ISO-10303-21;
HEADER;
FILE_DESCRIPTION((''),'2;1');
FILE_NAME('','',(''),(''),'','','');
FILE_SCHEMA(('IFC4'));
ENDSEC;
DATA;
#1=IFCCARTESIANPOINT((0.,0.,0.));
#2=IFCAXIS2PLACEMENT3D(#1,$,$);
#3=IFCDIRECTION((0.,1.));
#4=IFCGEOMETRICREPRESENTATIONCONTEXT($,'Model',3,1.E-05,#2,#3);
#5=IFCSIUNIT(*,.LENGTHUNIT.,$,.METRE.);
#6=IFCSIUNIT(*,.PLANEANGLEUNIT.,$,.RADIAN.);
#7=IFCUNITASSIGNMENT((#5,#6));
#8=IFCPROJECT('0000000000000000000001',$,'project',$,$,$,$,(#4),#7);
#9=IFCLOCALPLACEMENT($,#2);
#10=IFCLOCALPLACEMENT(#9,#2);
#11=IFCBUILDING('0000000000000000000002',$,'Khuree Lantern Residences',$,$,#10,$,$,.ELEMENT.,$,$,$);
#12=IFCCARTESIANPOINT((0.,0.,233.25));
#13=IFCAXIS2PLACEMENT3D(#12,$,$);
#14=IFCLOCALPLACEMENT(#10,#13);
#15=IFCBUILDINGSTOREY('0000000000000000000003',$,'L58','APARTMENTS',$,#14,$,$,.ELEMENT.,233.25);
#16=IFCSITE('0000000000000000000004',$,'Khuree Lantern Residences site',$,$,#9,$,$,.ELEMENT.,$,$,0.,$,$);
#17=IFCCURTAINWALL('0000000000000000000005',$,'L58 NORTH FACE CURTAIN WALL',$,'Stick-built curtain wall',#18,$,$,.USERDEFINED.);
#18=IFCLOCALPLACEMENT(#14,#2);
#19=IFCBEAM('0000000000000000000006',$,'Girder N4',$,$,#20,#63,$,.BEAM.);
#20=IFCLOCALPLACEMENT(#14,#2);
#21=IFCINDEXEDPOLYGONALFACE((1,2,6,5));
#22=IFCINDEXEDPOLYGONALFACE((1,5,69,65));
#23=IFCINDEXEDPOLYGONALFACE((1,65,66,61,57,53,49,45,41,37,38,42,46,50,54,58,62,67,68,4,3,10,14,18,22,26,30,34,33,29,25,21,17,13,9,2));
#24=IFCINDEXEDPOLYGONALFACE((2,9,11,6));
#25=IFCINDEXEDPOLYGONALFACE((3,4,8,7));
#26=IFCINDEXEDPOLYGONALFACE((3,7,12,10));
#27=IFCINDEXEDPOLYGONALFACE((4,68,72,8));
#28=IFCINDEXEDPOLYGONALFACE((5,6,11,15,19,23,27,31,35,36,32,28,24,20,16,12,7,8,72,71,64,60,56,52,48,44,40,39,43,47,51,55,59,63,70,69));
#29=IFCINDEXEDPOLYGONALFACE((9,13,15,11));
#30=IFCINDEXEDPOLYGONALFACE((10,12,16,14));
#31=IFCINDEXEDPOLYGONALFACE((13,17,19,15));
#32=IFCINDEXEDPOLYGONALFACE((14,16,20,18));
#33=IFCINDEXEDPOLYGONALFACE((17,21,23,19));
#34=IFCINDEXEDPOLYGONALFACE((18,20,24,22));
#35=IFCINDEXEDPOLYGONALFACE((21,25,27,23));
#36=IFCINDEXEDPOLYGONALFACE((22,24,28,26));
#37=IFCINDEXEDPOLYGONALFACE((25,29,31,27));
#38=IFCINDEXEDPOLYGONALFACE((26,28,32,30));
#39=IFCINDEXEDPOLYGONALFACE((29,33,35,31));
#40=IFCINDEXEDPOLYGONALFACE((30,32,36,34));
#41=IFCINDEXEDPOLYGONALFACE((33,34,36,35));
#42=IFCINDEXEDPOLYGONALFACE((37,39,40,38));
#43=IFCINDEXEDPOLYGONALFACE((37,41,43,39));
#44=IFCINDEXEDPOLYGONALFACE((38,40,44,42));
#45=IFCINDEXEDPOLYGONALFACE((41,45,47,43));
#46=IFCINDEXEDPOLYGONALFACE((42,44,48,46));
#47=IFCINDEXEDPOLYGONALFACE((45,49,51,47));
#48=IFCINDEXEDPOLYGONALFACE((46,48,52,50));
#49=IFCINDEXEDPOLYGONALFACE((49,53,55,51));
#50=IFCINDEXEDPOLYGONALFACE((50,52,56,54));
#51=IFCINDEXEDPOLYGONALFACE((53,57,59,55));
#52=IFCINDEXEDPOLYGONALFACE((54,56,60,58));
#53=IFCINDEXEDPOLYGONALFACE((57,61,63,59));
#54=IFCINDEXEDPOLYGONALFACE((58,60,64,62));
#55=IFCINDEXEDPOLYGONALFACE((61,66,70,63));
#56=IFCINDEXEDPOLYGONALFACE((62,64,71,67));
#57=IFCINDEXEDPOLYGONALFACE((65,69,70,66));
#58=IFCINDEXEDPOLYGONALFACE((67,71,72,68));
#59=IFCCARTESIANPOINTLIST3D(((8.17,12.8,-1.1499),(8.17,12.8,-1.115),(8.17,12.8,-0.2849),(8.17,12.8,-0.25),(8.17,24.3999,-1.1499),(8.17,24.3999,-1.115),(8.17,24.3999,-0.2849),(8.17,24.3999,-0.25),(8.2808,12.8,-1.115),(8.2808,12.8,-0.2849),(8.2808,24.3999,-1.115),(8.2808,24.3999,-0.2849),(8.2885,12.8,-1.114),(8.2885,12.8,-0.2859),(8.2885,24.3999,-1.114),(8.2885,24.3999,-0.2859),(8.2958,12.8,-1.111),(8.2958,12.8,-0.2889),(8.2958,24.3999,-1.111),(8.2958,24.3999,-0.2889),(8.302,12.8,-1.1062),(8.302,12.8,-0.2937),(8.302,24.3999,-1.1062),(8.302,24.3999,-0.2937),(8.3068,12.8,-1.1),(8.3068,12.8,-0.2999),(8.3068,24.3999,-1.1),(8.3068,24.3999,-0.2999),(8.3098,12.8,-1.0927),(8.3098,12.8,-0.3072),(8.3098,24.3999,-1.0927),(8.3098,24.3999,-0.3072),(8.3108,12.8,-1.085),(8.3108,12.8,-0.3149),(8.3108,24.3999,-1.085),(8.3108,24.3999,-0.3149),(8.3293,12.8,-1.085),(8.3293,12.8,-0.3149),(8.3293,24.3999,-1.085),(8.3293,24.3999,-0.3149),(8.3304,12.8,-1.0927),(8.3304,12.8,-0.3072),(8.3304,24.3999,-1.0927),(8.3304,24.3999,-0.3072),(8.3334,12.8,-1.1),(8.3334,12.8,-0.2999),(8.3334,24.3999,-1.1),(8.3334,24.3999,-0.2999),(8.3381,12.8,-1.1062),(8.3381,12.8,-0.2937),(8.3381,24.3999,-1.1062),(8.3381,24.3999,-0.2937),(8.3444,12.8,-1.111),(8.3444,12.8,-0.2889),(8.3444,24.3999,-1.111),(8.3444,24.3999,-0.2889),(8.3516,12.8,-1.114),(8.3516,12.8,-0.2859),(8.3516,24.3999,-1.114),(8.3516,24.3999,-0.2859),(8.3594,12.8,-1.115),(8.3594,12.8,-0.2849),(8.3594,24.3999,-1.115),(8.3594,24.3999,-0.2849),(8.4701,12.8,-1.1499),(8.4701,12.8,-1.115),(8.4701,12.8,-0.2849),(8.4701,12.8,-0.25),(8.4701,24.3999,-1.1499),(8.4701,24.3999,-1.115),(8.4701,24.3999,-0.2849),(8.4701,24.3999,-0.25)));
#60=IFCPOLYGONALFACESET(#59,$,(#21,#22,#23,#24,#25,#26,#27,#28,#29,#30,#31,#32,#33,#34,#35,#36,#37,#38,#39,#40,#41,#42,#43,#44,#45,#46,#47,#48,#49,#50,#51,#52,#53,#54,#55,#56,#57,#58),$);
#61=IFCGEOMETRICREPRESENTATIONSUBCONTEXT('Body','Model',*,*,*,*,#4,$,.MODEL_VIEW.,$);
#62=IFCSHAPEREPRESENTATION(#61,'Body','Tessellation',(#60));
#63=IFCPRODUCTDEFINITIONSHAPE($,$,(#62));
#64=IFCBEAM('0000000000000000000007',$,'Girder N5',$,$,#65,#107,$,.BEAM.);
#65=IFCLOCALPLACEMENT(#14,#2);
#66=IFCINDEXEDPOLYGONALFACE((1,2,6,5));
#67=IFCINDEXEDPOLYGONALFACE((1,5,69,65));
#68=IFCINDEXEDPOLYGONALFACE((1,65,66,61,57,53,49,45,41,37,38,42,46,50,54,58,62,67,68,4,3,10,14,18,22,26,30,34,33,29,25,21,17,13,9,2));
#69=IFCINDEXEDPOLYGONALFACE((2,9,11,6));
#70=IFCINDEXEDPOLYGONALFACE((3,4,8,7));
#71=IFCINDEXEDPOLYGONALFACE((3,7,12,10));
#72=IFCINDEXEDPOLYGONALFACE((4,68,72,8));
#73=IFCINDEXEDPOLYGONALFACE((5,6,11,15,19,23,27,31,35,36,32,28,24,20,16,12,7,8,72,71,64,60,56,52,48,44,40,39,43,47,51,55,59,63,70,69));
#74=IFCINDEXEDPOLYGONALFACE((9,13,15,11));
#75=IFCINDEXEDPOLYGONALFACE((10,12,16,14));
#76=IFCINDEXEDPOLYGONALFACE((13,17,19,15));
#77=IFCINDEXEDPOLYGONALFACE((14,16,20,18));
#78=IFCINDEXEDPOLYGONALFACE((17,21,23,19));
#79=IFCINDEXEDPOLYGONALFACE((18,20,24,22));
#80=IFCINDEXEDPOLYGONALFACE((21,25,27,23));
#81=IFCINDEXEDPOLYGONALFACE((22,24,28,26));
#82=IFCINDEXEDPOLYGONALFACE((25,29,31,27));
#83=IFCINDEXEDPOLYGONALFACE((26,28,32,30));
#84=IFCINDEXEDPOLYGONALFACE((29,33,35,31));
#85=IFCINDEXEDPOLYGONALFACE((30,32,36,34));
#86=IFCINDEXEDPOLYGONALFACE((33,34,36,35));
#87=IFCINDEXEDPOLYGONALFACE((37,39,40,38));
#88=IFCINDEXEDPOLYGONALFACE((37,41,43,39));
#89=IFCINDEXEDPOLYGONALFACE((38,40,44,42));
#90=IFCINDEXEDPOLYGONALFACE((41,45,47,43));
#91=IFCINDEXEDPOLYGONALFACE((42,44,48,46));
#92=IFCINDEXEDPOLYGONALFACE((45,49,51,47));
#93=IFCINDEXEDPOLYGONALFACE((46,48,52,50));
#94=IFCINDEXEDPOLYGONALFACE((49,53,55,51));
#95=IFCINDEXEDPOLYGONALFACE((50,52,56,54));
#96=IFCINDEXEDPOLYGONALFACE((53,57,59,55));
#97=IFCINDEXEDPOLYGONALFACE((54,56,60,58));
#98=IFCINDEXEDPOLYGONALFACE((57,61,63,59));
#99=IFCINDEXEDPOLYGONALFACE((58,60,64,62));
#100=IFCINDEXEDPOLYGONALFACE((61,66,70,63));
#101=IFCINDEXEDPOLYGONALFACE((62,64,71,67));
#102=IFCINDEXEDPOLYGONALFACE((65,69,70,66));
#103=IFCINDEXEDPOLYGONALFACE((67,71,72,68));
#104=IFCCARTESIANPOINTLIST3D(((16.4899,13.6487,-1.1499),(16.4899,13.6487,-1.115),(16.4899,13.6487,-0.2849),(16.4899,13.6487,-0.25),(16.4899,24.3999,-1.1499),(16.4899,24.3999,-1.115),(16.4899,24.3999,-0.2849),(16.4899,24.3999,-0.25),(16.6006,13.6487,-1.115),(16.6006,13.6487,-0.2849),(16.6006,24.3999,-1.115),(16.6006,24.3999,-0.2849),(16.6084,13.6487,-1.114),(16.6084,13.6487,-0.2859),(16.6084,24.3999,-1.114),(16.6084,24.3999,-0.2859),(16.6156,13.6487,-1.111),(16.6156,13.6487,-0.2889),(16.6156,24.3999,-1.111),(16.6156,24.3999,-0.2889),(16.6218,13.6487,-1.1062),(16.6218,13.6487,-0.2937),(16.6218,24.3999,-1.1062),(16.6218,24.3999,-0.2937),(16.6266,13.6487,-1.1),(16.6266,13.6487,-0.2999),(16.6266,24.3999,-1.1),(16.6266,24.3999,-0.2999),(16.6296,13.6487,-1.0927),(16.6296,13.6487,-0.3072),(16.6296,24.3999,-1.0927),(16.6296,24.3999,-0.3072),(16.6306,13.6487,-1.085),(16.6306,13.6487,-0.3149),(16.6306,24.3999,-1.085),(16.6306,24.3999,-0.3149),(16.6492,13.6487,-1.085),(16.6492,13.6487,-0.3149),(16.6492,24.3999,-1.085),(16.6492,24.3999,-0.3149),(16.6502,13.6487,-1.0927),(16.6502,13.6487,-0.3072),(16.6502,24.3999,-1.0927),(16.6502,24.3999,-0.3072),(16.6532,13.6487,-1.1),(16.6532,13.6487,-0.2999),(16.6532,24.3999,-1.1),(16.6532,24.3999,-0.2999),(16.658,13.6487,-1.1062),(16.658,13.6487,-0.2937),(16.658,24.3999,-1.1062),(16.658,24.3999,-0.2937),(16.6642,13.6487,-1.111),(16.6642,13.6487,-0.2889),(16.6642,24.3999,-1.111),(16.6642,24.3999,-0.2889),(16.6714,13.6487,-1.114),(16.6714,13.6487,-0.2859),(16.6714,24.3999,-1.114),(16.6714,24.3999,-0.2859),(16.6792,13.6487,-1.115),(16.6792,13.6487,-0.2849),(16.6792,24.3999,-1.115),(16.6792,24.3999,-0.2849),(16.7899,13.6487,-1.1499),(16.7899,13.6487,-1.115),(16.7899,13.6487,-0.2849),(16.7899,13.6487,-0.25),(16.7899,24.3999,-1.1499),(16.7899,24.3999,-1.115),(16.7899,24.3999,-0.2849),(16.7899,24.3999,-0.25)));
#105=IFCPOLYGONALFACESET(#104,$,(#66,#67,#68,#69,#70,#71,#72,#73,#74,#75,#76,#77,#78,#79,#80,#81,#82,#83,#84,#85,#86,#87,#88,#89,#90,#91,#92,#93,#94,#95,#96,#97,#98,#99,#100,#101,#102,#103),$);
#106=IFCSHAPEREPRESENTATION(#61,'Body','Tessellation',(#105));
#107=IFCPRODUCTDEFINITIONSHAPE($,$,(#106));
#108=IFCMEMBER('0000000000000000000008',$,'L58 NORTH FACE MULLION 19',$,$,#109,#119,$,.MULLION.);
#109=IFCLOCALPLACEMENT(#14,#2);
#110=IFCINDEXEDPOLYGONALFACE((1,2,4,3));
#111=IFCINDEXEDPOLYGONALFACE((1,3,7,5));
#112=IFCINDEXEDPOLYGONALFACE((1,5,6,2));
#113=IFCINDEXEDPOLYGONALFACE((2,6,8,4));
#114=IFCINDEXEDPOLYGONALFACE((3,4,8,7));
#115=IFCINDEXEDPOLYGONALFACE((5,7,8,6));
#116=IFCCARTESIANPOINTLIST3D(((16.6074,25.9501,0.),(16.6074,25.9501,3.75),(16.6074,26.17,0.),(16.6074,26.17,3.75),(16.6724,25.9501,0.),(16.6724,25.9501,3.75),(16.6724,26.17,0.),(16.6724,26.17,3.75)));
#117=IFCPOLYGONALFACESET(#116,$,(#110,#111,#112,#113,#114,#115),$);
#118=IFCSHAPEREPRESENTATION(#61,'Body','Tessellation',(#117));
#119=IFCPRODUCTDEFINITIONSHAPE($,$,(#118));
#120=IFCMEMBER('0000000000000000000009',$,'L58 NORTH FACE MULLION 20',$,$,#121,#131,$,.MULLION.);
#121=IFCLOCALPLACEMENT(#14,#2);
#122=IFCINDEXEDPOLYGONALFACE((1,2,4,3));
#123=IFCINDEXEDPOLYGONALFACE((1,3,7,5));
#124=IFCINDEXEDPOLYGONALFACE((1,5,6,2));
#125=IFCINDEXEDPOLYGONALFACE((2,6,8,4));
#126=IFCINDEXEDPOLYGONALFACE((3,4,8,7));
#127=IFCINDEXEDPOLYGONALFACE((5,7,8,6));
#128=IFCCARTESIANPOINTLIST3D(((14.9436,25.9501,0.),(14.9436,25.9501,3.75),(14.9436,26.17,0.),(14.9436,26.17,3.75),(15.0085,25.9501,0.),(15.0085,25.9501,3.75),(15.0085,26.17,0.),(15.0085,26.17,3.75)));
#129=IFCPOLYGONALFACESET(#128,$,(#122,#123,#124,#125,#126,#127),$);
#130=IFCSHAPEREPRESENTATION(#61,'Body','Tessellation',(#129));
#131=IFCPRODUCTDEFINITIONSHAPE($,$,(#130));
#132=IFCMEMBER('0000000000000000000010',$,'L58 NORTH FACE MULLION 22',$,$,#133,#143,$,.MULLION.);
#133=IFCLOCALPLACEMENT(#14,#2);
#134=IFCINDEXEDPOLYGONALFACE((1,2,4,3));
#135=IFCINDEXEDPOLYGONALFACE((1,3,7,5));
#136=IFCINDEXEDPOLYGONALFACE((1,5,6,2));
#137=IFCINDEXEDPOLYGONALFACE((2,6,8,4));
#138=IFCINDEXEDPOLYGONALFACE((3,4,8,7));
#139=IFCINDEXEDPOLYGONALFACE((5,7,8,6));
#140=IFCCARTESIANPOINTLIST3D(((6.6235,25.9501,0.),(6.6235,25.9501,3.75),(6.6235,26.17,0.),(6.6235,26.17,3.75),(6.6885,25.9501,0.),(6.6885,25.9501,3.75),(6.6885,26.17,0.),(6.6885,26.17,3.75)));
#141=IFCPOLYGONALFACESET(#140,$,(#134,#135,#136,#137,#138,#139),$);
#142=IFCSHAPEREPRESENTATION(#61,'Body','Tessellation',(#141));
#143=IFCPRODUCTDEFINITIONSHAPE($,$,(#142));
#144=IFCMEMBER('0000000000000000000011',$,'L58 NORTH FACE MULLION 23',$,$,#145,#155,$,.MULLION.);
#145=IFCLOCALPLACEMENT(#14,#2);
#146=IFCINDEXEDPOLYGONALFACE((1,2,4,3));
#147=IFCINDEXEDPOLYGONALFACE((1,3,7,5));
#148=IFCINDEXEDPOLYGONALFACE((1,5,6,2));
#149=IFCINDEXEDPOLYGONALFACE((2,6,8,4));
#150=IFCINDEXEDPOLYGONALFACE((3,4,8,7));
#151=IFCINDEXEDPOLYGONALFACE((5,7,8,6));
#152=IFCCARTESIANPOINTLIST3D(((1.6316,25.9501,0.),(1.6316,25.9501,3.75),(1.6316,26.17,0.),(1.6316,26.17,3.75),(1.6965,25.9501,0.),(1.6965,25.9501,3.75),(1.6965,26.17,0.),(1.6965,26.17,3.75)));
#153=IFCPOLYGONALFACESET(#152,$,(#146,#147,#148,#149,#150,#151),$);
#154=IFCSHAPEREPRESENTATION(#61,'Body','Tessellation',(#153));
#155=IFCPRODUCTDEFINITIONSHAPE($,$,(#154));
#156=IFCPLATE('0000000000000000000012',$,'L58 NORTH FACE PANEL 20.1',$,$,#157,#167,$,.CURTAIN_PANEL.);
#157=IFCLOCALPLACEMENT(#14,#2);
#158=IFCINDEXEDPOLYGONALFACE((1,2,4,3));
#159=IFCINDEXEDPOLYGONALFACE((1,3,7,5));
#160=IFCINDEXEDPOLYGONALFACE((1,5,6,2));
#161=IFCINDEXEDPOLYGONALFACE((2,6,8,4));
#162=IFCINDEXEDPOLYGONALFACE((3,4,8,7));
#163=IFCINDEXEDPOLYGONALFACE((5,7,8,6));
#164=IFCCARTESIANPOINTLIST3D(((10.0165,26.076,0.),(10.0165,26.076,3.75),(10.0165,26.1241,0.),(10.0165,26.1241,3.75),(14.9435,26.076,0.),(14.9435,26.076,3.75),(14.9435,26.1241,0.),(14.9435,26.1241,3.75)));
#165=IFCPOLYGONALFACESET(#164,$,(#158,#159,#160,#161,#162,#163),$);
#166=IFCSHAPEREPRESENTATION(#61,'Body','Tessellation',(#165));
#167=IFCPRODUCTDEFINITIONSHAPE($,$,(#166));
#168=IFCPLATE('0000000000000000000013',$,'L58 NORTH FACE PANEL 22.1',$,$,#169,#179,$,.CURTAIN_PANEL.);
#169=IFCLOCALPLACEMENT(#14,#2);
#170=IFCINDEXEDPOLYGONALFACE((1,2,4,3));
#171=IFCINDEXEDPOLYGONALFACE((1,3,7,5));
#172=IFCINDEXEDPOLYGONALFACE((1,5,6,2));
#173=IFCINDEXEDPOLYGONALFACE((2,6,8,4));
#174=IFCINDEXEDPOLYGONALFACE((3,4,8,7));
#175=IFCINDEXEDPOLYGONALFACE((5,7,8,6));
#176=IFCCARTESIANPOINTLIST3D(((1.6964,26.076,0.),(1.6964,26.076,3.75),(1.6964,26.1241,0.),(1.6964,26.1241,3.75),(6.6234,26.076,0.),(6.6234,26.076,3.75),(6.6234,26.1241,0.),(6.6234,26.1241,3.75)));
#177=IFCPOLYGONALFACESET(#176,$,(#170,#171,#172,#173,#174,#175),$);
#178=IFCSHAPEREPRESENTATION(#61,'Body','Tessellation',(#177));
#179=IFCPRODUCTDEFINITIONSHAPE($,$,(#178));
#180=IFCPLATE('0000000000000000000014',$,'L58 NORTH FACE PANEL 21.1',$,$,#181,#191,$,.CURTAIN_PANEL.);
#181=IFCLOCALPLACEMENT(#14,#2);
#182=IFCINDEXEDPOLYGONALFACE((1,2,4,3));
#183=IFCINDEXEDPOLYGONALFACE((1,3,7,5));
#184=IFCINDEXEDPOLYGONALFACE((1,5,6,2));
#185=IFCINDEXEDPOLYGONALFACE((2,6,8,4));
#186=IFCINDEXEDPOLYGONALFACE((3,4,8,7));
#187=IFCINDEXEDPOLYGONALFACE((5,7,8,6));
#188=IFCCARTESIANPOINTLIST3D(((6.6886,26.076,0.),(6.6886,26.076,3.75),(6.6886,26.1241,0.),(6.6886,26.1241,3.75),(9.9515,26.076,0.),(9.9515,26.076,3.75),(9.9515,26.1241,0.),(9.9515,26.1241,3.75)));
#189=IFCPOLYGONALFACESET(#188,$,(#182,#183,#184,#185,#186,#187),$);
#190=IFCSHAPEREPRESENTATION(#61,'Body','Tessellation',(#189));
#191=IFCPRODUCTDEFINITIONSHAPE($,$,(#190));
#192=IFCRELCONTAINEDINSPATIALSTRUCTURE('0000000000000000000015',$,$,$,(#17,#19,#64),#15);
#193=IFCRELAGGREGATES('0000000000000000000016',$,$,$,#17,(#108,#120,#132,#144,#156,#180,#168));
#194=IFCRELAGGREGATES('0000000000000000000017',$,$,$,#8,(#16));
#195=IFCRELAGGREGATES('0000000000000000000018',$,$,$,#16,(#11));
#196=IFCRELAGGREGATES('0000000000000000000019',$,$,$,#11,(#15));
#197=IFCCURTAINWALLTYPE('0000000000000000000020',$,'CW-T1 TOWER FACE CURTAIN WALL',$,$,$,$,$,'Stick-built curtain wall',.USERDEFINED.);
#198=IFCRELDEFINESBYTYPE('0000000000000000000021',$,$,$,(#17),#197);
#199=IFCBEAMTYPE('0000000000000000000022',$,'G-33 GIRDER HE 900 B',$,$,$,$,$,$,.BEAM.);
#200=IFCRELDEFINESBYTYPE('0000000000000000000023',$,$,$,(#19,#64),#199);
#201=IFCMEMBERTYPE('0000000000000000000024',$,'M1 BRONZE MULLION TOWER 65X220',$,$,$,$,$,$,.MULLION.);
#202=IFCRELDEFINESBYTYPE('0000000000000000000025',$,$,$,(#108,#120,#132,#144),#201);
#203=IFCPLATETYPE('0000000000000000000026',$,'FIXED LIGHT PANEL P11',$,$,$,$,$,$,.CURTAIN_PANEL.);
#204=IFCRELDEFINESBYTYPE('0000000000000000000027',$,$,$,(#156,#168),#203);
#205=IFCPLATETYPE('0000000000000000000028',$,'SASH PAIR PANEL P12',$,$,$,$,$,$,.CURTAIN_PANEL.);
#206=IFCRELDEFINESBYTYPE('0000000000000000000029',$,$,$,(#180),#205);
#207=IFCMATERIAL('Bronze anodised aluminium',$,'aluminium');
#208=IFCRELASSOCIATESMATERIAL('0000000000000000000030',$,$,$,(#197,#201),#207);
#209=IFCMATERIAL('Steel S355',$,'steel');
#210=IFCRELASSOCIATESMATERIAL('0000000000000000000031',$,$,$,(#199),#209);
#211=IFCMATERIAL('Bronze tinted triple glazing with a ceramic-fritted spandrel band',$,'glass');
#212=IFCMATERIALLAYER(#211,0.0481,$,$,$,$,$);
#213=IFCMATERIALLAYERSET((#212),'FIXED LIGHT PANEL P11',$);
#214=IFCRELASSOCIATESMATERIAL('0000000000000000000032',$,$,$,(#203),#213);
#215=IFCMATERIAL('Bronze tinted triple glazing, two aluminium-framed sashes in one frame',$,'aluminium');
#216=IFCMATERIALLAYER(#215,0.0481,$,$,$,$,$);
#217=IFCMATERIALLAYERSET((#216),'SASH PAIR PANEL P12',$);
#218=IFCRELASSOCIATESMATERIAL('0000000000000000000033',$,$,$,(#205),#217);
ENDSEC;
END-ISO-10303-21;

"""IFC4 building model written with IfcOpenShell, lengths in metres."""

from ifc_helpers import new_model, si_unit, direction, frame, origin, origin_2d, place, context, subcontext, project, spatial, rectangle, i_section, extrude, material, layer, layer_set, material_profile, profile_set, type_object, element, aggregate, save


model = new_model("IFC4")

# Units and contexts
model_context = context("Model", 3, precision=1e-05, world=origin(), true_north=direction((0.0, 1.0)))
body_context = subcontext(model_context, "Body", "Model", "MODEL_VIEW")
ifc_project = project(units=[si_unit("LENGTHUNIT", "METRE"), si_unit("PLANEANGLEUNIT", "RADIAN")], contexts=[model_context])

# Site, building, storey
site_placement = place(None, origin())
site = spatial("IfcSite", under=ifc_project, at=site_placement, Name="Khuree Lantern Residences site", CompositionType="ELEMENT", RefElevation=0.0)
building_placement = place(site_placement, origin())
building = spatial("IfcBuilding", under=site, at=building_placement, Name="Khuree Lantern Residences", CompositionType="ELEMENT")
storey_placement = place(building_placement, frame((0.0, 0.0, 233.25)))
storey = spatial("IfcBuildingStorey", under=building, at=storey_placement, Name="L58", Description="APARTMENTS", CompositionType="ELEMENT", Elevation=233.25)

# Shared definitions
ifc_material_1 = material(Name="Steel S355", Category="steel")

# Curtain wall
ifc_material_2 = material(Name="Bronze anodised aluminium", Category="aluminium")
curtain_wall_type = type_object("IfcCurtainWallType", Name="CW-T1 TOWER FACE CURTAIN WALL", ElementType="Stick-built curtain wall", PredefinedType="USERDEFINED", material=ifc_material_2)
curtain_wall_placement = place(storey_placement, origin())
curtain_wall = element("IfcCurtainWall", 1, at=curtain_wall_placement, inside=storey, type_object=curtain_wall_type, Name="L58 NORTH FACE CURTAIN WALL", ObjectType="Stick-built curtain wall", PredefinedType="USERDEFINED")

# Beams
ifc_material_profile_1 = material_profile(ifc_material_1, i_section(OverallWidth=0.3, OverallDepth=0.8999, WebThickness=0.0186, FlangeThickness=0.0349, FilletRadius=0.03, at=origin_2d()), Name="HE 900 B")
ifc_profile_set_1 = profile_set([ifc_material_profile_1], Name="Steel S355")
beam_type_1 = type_object("IfcBeamType", Name="G-33 GIRDER HE 900 B", PredefinedType="BEAM", material=ifc_profile_set_1)
for number, where, z_axis, x_axis, name in (
    (2, (8.3201, 24.3999, -0.7), (0.0, -1.0, 0.0), (1.0, 0.0, 0.0), "Girder N4"),
):
    element("IfcBeam", number, at=place(storey_placement, frame(where, z_axis=z_axis, x_axis=x_axis)), inside=storey, type_object=beam_type_1, Name=name, PredefinedType="BEAM", context=body_context, shape_type="SweptSolid", body=[
        extrude(i_section(OverallWidth=0.3, OverallDepth=0.8999, WebThickness=0.0186, FlangeThickness=0.0349, FilletRadius=0.03, at=origin_2d()), origin(), (0.0, 0.0, 1.0), 11.5999),
    ])
beam_1_placement = place(storey_placement, frame((16.6399, 24.3999, -0.7), z_axis=(0.0, -1.0, 0.0), x_axis=(1.0, 0.0, 0.0)))
element("IfcBeam", 3, at=beam_1_placement, inside=storey, type_object=beam_type_1, Name="Girder N5", PredefinedType="BEAM", context=body_context, shape_type="SweptSolid", body=[
    extrude(i_section(OverallWidth=0.3, OverallDepth=0.8999, WebThickness=0.0186, FlangeThickness=0.0349, FilletRadius=0.03, at=origin_2d()), origin(), (0.0, 0.0, 1.0), 10.7512),
])

# Members
ifc_material_profile_2 = material_profile(ifc_material_2, rectangle(XDim=0.0649, YDim=0.22, at=origin_2d()), Name="M1 65X220")
ifc_profile_set_2 = profile_set([ifc_material_profile_2], Name="Bronze anodised aluminium")
member_type_1 = type_object("IfcMemberType", Name="M1 BRONZE MULLION TOWER 65X220", PredefinedType="MULLION", material=ifc_profile_set_2)
member_1_placement = place(storey_placement, frame((16.6399, 26.0601, 0.0), z_axis=(0.0, 0.0, 1.0), x_axis=(-1.0, 0.0, 0.0)))
member_1 = element("IfcMember", 4, at=member_1_placement, type_object=member_type_1, Name="L58 NORTH FACE MULLION 19", PredefinedType="MULLION", context=body_context, shape_type="SweptSolid", body=[
    extrude(rectangle(XDim=0.0649, YDim=0.22, at=origin_2d()), origin(), (0.0, 0.0, 1.0), 3.75),
])
member_2_placement = place(storey_placement, frame((14.9761, 26.0601, 0.0), z_axis=(0.0, 0.0, 1.0), x_axis=(-1.0, 0.0, 0.0)))
member_2 = element("IfcMember", 5, at=member_2_placement, type_object=member_type_1, Name="L58 NORTH FACE MULLION 20", PredefinedType="MULLION", context=body_context, shape_type="SweptSolid", body=[
    extrude(rectangle(XDim=0.0649, YDim=0.22, at=origin_2d()), origin(), (0.0, 0.0, 1.0), 3.75),
])
member_3_placement = place(storey_placement, frame((6.656, 26.0601, 0.0), z_axis=(0.0, 0.0, 1.0), x_axis=(-1.0, 0.0, 0.0)))
member_3 = element("IfcMember", 6, at=member_3_placement, type_object=member_type_1, Name="L58 NORTH FACE MULLION 22", PredefinedType="MULLION", context=body_context, shape_type="SweptSolid", body=[
    extrude(rectangle(XDim=0.0649, YDim=0.22, at=origin_2d()), origin(), (0.0, 0.0, 1.0), 3.75),
])
member_4_placement = place(storey_placement, frame((1.6641, 26.0601, 0.0), z_axis=(0.0, 0.0, 1.0), x_axis=(-1.0, 0.0, 0.0)))
member_4 = element("IfcMember", 7, at=member_4_placement, type_object=member_type_1, Name="L58 NORTH FACE MULLION 23", PredefinedType="MULLION", context=body_context, shape_type="SweptSolid", body=[
    extrude(rectangle(XDim=0.0649, YDim=0.22, at=origin_2d()), origin(), (0.0, 0.0, 1.0), 3.75),
])

# Plates
ifc_material_3 = material(Name="Bronze tinted triple glazing with a ceramic-fritted spandrel band", Category="glass")
ifc_layer_1 = layer(ifc_material_3, 0.0481)
ifc_layer_set_1 = layer_set([ifc_layer_1], Name="FIXED LIGHT PANEL P11")
plate_type_1 = type_object("IfcPlateType", Name="FIXED LIGHT PANEL P11", PredefinedType="CURTAIN_PANEL", material=ifc_layer_set_1)
plate_1_placement = place(storey_placement, frame((12.48, 26.1001, 0.0), z_axis=(0.0, 0.0, 1.0), x_axis=(-1.0, 0.0, 0.0)))
plate_1 = element("IfcPlate", 8, at=plate_1_placement, type_object=plate_type_1, Name="L58 NORTH FACE PANEL 20.1", PredefinedType="CURTAIN_PANEL", context=body_context, shape_type="SweptSolid", body=[
    extrude(rectangle(XDim=4.927, YDim=0.0481, at=origin_2d()), origin(), (0.0, 0.0, 1.0), 3.75),
])
plate_2_placement = place(storey_placement, frame((4.1599, 26.1001, 0.0), z_axis=(0.0, 0.0, 1.0), x_axis=(-1.0, 0.0, 0.0)))
plate_2 = element("IfcPlate", 9, at=plate_2_placement, type_object=plate_type_1, Name="L58 NORTH FACE PANEL 22.1", PredefinedType="CURTAIN_PANEL", context=body_context, shape_type="SweptSolid", body=[
    extrude(rectangle(XDim=4.927, YDim=0.0481, at=origin_2d()), origin(), (0.0, 0.0, 1.0), 3.75),
])
ifc_material_4 = material(Name="Bronze tinted triple glazing, two aluminium-framed sashes in one frame", Category="aluminium")
ifc_layer_2 = layer(ifc_material_4, 0.0481)
ifc_layer_set_2 = layer_set([ifc_layer_2], Name="SASH PAIR PANEL P12")
plate_type_2 = type_object("IfcPlateType", Name="SASH PAIR PANEL P12", PredefinedType="CURTAIN_PANEL", material=ifc_layer_set_2)
plate_3_placement = place(storey_placement, frame((8.3201, 26.1001, 0.0), z_axis=(0.0, 0.0, 1.0), x_axis=(-1.0, 0.0, 0.0)))
plate_3 = element("IfcPlate", 10, at=plate_3_placement, type_object=plate_type_2, Name="L58 NORTH FACE PANEL 21.1", PredefinedType="CURTAIN_PANEL", context=body_context, shape_type="SweptSolid", body=[
    extrude(rectangle(XDim=3.2629, YDim=0.0481, at=origin_2d()), origin(), (0.0, 0.0, 1.0), 3.75),
])
aggregate(curtain_wall, [member_1, member_2, member_3, member_4, plate_1, plate_3, plate_2])

save(model, "model.ifc")
